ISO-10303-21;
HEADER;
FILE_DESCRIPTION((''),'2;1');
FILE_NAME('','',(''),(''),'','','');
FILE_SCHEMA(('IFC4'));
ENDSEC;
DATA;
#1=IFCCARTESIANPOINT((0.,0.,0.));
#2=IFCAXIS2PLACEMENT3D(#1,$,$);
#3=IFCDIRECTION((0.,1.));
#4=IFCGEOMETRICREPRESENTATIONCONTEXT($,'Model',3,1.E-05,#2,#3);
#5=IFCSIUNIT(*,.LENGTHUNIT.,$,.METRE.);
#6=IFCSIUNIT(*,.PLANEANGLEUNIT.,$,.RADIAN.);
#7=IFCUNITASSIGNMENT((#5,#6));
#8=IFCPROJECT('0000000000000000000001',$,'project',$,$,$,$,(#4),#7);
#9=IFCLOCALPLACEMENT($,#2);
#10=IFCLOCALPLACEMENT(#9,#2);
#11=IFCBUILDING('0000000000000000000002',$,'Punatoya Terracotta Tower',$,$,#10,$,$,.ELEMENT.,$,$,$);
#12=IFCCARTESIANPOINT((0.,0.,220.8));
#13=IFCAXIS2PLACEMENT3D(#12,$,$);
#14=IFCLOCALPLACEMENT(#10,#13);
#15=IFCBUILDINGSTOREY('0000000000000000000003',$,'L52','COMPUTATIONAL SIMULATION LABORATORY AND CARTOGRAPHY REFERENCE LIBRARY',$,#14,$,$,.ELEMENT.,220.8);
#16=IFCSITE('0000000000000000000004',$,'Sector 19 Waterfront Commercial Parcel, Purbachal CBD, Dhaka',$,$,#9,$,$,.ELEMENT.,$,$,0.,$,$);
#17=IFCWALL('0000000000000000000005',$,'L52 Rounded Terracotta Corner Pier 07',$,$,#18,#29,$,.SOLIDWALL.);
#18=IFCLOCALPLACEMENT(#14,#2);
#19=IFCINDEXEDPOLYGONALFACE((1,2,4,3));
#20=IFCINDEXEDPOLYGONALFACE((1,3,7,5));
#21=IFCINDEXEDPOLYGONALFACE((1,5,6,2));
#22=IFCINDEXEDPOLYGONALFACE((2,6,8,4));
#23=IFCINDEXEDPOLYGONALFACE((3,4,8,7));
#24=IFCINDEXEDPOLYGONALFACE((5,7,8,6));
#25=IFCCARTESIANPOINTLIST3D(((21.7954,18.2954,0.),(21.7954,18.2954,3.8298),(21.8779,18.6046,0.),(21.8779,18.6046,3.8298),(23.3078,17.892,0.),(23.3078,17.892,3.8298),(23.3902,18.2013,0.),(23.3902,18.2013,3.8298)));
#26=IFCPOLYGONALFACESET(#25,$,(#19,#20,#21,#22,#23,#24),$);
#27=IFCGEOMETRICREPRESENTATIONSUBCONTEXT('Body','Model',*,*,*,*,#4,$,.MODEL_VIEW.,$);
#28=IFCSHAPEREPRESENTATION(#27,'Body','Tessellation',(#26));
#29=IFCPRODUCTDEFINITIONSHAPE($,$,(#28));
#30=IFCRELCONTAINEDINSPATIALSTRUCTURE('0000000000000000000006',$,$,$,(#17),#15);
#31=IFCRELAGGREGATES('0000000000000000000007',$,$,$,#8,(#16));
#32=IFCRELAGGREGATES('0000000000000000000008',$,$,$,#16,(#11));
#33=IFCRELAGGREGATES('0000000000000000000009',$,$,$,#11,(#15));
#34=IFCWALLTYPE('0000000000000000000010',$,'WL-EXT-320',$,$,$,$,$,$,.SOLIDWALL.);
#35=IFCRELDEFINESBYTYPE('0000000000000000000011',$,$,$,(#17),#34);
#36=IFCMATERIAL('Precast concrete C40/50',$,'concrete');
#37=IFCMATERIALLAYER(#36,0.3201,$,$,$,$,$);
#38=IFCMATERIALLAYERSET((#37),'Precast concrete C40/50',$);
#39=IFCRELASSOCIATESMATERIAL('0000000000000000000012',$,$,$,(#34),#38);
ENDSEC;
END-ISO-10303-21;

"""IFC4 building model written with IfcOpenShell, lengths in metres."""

from ifc_helpers import new_model, si_unit, direction, frame, frame_2d, origin, place, context, subcontext, project, spatial, rectangle, extrude, material, layer, layer_set, type_object, element, save


model = new_model("IFC4")

# Units and contexts
model_context = context("Model", 3, precision=1e-05, world=origin(), true_north=direction((0.0, 1.0)))
body_context = subcontext(model_context, "Body", "Model", "MODEL_VIEW")
ifc_project = project(units=[si_unit("LENGTHUNIT", "METRE"), si_unit("PLANEANGLEUNIT", "RADIAN")], contexts=[model_context])

# Site, building, storey
site_placement = place(None, origin())
site = spatial("IfcSite", under=ifc_project, at=site_placement, Name="Sector 19 Waterfront Commercial Parcel, Purbachal CBD, Dhaka", CompositionType="ELEMENT", RefElevation=0.0)
building_placement = place(site_placement, origin())
building = spatial("IfcBuilding", under=site, at=building_placement, Name="Punatoya Terracotta Tower", CompositionType="ELEMENT")
storey_placement = place(building_placement, frame((0.0, 0.0, 220.8)))
storey = spatial("IfcBuildingStorey", under=building, at=storey_placement, Name="L52", Description="COMPUTATIONAL SIMULATION LABORATORY AND CARTOGRAPHY REFERENCE LIBRARY", CompositionType="ELEMENT", Elevation=220.8)

# Wall
ifc_material_1 = material(Name="Precast concrete C40/50", Category="concrete")
ifc_layer_1 = layer(ifc_material_1, 0.3201)
ifc_layer_set_1 = layer_set([ifc_layer_1], Name="Precast concrete C40/50")
wall_type = type_object("IfcWallType", Name="WL-EXT-320", PredefinedType="SOLIDWALL", material=ifc_layer_set_1)
wall_1_placement = place(storey_placement, frame((23.3491, 18.0466, 0.0), z_axis=(0.0, 0.0, 1.0), x_axis=(-0.966225, 0.257701, 0.0)))
element("IfcWall", 1, at=wall_1_placement, inside=storey, type_object=wall_type, Name="L52 Rounded Terracotta Corner Pier 07", PredefinedType="SOLIDWALL", context=body_context, shape_type="SweptSolid", body=[
    extrude(rectangle(XDim=1.5652, YDim=0.3201, at=frame_2d((0.7827, 0.0))), origin(), (0.0, 0.0, 1.0), 3.8298),
])

save(model, "model.ifc")
